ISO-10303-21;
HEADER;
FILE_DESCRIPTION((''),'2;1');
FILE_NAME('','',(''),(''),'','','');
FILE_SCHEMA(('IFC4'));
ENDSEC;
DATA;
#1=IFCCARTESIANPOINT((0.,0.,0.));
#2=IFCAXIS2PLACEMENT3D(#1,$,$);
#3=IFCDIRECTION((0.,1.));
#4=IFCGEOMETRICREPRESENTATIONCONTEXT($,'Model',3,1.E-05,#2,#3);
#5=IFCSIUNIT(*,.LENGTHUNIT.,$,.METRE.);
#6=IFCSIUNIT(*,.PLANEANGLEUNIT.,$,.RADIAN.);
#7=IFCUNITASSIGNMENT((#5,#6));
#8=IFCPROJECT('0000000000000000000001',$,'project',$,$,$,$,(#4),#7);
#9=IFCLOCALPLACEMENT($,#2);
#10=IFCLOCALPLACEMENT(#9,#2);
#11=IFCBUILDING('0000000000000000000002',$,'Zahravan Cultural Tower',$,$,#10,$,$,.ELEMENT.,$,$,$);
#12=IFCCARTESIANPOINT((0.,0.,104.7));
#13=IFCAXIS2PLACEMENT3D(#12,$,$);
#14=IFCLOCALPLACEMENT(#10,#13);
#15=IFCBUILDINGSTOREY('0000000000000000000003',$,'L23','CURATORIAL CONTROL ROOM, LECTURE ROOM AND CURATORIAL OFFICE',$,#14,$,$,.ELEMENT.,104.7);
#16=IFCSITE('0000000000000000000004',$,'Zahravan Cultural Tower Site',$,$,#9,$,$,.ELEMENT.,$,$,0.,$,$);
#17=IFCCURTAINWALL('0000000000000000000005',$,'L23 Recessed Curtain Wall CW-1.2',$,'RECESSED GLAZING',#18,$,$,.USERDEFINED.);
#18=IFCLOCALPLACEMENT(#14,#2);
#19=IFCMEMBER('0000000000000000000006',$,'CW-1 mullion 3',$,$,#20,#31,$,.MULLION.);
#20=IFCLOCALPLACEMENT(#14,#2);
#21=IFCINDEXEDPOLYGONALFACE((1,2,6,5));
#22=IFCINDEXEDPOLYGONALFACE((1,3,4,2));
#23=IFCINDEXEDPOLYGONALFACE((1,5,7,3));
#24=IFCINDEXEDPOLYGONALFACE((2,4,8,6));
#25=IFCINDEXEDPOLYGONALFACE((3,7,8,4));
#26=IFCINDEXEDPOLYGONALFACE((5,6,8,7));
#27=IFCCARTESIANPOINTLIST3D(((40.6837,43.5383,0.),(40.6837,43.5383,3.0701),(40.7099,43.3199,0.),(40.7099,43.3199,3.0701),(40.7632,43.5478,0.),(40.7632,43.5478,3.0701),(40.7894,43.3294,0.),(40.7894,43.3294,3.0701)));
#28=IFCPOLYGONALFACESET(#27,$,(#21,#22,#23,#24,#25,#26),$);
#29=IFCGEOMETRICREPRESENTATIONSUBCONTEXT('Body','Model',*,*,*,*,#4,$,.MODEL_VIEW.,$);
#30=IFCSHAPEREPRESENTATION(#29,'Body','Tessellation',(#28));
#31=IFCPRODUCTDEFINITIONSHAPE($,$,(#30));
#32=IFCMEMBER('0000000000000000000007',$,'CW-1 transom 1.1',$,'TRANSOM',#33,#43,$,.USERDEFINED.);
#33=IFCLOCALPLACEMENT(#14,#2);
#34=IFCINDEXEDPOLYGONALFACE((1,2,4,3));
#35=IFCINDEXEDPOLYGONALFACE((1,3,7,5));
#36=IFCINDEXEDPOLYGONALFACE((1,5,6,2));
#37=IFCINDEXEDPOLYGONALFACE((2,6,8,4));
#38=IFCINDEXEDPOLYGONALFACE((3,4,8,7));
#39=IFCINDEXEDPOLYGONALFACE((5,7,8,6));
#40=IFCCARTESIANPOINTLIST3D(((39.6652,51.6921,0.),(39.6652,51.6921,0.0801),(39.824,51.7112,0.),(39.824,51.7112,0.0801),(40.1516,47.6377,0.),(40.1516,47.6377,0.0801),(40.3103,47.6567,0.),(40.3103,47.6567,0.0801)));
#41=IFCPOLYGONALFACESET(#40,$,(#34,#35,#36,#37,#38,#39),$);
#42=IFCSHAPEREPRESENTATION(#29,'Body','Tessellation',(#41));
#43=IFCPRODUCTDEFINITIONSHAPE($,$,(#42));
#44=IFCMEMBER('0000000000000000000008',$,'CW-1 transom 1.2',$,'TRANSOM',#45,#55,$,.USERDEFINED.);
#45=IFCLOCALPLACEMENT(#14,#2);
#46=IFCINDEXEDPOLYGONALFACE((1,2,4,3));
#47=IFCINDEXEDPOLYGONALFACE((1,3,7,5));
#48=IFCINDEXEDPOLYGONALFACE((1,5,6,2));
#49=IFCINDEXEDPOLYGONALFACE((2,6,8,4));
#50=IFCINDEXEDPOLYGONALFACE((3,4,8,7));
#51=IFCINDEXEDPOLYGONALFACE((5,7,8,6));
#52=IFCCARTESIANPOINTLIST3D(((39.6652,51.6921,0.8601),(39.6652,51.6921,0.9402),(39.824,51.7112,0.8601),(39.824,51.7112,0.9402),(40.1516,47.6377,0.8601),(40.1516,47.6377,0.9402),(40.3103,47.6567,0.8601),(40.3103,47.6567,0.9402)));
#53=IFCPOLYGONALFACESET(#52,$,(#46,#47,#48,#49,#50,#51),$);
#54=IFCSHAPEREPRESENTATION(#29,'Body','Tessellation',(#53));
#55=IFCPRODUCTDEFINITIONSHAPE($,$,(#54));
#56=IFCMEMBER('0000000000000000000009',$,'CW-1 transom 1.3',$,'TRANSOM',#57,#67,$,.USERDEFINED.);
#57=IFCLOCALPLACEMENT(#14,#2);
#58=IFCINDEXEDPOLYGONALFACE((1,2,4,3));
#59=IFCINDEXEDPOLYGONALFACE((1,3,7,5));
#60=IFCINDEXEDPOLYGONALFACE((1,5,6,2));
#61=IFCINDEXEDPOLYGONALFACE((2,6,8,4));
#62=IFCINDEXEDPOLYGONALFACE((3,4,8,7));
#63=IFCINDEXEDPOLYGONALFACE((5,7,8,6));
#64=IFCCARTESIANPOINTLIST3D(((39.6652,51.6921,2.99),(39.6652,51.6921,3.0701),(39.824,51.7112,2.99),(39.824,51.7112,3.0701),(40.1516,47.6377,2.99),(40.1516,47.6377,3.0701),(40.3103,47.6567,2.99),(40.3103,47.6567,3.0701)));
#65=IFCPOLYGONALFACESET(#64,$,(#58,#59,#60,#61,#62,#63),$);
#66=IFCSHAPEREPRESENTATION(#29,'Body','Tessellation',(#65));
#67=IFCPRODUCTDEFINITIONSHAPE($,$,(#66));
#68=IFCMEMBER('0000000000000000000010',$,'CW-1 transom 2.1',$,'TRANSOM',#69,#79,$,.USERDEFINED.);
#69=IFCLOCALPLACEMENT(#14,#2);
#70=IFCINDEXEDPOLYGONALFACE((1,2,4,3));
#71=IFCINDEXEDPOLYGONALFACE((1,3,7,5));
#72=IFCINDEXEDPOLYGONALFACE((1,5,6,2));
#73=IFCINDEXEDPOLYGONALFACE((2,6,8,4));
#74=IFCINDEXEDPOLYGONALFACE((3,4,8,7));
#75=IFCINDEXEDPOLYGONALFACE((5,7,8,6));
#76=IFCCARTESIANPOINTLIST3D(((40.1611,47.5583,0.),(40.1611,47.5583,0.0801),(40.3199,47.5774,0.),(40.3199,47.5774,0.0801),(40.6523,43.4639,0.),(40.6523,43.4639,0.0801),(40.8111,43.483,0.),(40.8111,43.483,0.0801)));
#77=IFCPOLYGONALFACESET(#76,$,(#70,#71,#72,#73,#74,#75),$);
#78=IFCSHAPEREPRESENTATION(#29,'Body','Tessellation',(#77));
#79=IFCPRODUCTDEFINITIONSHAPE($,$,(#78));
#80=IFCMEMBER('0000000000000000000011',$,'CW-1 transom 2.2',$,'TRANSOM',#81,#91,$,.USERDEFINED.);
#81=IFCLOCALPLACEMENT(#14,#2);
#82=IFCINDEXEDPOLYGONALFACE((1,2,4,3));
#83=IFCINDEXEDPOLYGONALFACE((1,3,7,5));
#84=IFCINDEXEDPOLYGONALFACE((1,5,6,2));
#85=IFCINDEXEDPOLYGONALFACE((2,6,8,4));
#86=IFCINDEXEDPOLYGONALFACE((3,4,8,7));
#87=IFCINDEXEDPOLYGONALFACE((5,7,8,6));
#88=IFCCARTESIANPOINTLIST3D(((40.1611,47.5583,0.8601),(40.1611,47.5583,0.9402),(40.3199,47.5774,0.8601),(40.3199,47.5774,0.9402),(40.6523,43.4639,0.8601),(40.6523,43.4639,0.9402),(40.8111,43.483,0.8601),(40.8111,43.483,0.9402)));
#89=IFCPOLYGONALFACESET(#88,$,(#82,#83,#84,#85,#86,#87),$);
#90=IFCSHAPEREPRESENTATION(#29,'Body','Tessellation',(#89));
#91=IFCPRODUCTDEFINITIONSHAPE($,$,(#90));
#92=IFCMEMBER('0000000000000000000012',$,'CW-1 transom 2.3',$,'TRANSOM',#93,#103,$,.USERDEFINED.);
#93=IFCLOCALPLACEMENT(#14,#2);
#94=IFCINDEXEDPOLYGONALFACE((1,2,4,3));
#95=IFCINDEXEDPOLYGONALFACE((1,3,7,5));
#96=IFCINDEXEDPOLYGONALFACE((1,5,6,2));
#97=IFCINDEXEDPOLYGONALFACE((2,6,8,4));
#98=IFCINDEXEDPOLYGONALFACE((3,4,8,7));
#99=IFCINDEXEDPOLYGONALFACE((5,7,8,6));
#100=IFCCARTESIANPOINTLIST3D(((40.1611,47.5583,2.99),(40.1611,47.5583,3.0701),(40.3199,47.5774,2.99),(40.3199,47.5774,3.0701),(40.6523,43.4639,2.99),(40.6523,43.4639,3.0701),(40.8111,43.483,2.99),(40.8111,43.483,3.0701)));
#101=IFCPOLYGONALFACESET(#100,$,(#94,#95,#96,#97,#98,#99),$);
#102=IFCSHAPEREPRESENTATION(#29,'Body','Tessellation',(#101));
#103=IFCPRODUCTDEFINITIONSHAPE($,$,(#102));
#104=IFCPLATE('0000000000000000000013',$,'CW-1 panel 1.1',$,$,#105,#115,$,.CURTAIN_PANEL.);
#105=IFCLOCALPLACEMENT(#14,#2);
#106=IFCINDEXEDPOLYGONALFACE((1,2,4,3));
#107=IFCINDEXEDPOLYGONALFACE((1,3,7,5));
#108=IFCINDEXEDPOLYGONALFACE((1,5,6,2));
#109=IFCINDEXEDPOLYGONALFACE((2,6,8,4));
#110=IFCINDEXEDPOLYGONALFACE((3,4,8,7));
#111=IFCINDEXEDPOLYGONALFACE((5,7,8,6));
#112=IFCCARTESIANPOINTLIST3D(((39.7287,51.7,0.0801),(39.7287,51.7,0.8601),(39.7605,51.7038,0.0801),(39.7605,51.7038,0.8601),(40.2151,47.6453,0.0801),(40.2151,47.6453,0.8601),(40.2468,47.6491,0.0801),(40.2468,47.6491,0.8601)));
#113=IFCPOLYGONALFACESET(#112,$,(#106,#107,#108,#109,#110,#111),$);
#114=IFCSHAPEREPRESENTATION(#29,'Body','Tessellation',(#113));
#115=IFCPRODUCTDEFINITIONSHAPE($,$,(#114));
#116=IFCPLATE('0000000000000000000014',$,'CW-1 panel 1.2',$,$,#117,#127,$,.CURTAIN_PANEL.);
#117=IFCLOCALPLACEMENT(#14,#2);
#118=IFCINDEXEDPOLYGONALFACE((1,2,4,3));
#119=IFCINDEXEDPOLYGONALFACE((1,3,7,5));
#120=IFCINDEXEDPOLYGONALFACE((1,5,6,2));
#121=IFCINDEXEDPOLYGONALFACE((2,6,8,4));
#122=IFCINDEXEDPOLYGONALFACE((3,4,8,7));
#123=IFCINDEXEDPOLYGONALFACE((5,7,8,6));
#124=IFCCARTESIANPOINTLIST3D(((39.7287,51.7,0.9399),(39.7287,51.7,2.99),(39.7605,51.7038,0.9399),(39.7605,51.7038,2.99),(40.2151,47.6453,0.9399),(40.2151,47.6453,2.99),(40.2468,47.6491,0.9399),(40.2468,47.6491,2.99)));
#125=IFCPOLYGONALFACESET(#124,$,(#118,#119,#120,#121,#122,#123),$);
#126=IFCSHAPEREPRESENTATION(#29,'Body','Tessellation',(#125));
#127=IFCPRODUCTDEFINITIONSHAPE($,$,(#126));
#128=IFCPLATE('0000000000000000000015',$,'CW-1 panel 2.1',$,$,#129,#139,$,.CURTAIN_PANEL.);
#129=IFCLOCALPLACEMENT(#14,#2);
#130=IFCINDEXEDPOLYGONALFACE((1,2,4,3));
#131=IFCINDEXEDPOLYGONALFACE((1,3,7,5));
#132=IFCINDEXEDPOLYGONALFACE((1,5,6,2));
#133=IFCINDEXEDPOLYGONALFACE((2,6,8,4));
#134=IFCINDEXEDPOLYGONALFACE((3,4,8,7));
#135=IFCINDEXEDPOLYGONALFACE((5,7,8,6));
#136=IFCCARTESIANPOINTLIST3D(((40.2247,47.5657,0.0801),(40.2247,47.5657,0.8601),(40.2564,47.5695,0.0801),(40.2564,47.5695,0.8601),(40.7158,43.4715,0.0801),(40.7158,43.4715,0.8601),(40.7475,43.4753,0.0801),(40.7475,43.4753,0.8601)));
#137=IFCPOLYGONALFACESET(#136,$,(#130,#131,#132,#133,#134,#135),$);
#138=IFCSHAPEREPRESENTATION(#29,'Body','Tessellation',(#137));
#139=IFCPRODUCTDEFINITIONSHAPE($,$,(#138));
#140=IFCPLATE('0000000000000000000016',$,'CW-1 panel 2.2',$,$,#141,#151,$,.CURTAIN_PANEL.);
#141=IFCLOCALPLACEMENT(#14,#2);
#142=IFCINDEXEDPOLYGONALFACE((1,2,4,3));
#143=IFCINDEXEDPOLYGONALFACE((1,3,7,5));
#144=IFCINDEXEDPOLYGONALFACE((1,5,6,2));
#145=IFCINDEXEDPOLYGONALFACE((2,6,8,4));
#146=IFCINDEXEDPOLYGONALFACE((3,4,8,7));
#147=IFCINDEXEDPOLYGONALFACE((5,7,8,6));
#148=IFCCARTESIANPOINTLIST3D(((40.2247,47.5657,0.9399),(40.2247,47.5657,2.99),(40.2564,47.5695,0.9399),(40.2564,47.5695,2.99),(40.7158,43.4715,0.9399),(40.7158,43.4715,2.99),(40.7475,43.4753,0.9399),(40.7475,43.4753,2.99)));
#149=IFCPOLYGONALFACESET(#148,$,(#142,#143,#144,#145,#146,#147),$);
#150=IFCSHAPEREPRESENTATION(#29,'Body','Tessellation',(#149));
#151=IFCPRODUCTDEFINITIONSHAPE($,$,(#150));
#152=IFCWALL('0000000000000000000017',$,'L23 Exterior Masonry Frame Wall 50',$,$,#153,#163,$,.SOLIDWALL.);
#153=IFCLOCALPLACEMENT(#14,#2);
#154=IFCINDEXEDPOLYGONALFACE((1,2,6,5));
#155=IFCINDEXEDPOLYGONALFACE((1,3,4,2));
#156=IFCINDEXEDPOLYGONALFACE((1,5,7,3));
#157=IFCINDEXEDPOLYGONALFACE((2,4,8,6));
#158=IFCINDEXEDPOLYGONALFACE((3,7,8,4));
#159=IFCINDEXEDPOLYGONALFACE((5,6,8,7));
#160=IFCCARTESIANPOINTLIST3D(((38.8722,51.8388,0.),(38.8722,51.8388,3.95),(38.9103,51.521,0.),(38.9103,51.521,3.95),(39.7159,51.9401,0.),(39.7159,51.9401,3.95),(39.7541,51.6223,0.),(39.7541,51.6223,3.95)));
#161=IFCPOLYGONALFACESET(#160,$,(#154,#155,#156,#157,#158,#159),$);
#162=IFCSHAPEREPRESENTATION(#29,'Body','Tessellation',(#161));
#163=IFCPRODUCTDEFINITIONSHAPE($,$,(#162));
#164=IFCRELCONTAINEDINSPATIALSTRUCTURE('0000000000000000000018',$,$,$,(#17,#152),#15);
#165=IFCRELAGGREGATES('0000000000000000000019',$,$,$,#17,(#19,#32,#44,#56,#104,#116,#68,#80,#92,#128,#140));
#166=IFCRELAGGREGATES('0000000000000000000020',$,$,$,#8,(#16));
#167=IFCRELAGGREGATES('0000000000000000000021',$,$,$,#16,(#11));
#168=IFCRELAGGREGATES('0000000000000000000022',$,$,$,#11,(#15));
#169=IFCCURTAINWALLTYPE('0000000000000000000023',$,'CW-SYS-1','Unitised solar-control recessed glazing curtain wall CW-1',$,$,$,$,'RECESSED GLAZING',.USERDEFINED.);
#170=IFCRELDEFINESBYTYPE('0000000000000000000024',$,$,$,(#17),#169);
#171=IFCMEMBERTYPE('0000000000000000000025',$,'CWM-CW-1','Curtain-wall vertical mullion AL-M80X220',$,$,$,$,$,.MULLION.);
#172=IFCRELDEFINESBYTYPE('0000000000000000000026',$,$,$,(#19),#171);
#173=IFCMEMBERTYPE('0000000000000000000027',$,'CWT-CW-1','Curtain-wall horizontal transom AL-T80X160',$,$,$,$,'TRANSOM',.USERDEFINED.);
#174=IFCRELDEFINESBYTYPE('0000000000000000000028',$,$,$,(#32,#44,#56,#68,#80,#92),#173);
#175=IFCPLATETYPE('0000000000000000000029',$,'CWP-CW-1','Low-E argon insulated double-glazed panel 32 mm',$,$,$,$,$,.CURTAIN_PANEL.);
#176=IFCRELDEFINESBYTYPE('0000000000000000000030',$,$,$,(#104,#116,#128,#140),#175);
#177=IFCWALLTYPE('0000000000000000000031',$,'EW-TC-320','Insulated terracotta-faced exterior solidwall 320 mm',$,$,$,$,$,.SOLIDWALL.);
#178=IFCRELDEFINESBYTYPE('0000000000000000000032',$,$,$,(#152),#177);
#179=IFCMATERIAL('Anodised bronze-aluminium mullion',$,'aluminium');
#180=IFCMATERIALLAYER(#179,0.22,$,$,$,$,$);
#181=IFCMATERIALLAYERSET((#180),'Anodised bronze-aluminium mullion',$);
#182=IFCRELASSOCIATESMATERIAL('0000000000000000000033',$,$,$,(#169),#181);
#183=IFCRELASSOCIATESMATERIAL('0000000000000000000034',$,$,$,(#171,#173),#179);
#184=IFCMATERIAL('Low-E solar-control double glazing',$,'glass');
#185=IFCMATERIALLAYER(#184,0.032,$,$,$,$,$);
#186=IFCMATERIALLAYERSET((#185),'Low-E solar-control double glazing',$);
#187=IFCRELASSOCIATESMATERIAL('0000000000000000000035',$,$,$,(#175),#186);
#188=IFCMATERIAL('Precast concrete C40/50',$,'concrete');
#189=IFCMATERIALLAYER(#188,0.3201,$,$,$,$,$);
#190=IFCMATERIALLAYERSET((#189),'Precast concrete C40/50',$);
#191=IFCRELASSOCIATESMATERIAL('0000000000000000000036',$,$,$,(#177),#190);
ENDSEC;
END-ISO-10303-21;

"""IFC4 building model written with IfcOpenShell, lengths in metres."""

from ifc_helpers import new_model, si_unit, direction, frame, frame_2d, origin, origin_2d, place, context, subcontext, project, spatial, rectangle, extrude, source, transform, mapped, material, layer, layer_set, material_profile, profile_set, type_object, element, aggregate, save


model = new_model("IFC4")

# Units and contexts
model_context = context("Model", 3, precision=1e-05, world=origin(), true_north=direction((0.0, 1.0)))
body_context = subcontext(model_context, "Body", "Model", "MODEL_VIEW")
ifc_project = project(units=[si_unit("LENGTHUNIT", "METRE"), si_unit("PLANEANGLEUNIT", "RADIAN")], contexts=[model_context])

# Site, building, storey
site_placement = place(None, origin())
site = spatial("IfcSite", under=ifc_project, at=site_placement, Name="Zahravan Cultural Tower Site", CompositionType="ELEMENT", RefElevation=0.0)
building_placement = place(site_placement, origin())
building = spatial("IfcBuilding", under=site, at=building_placement, Name="Zahravan Cultural Tower", CompositionType="ELEMENT")
storey_placement = place(building_placement, frame((0.0, 0.0, 104.7)))
storey = spatial("IfcBuildingStorey", under=building, at=storey_placement, Name="L23", Description="CURATORIAL CONTROL ROOM, LECTURE ROOM AND CURATORIAL OFFICE", CompositionType="ELEMENT", Elevation=104.7)

# Curtain wall, members, plates
ifc_material_1 = material(Name="Anodised bronze-aluminium mullion", Category="aluminium")
ifc_layer_1 = layer(ifc_material_1, 0.22)
ifc_layer_set_1 = layer_set([ifc_layer_1], Name="Anodised bronze-aluminium mullion")
curtain_wall_type = type_object("IfcCurtainWallType", Name="CW-SYS-1", Description="Unitised solar-control recessed glazing curtain wall CW-1", ElementType="RECESSED GLAZING", PredefinedType="USERDEFINED", material=ifc_layer_set_1)
curtain_wall_placement = place(storey_placement, origin())
curtain_wall = element("IfcCurtainWall", 1, at=curtain_wall_placement, inside=storey, type_object=curtain_wall_type, Name="L23 Recessed Curtain Wall CW-1.2", ObjectType="RECESSED GLAZING", PredefinedType="USERDEFINED")
ifc_material_profile_1 = material_profile(ifc_material_1, rectangle(XDim=0.0801, YDim=0.22, at=origin_2d()), Name="AL-M80X220")
ifc_profile_set_1 = profile_set([ifc_material_profile_1], Name="Anodised bronze-aluminium mullion")
member_type_1 = type_object("IfcMemberType", Name="CWM-CW-1", Description="Curtain-wall vertical mullion AL-M80X220", PredefinedType="MULLION", material=ifc_profile_set_1)
shared_shape_1 = source(origin(), body_context, "Body", "SweptSolid", [
    extrude(rectangle(XDim=0.0801, YDim=0.22, at=origin_2d()), origin(), (0.0, 0.0, 1.0), 3.0701),
])
member_1_placement = place(storey_placement, frame((40.7366, 43.4338, 0.0), z_axis=(0.0, 0.0, 1.0), x_axis=(0.992883, 0.119095, 0.0)))
member_1 = element("IfcMember", 2, at=member_1_placement, type_object=member_type_1, Name="CW-1 mullion 3", PredefinedType="MULLION", context=body_context, shape_type="MappedRepresentation", body=[
    mapped(shared_shape_1, transform((0.0, 0.0, 0.0), x_axis=(1.0, 0.0, 0.0), y_axis=(0.0, 1.0, 0.0), z_axis=(0.0, 0.0, 1.0), scale=1.0)),
])
ifc_material_profile_2 = material_profile(ifc_material_1, rectangle(XDim=0.1599, YDim=0.0801, at=origin_2d()), Name="AL-T80X160")
ifc_profile_set_2 = profile_set([ifc_material_profile_2], Name="Anodised bronze-aluminium mullion")
member_type_2 = type_object("IfcMemberType", Name="CWT-CW-1", Description="Curtain-wall horizontal transom AL-T80X160", ElementType="TRANSOM", PredefinedType="USERDEFINED", material=ifc_profile_set_2)
shared_shape_2 = source(origin(), body_context, "Body", "SweptSolid", [
    extrude(rectangle(XDim=0.1599, YDim=0.0801, at=origin_2d()), origin(), (0.0, 0.0, 1.0), 4.0835),
])
member_2_placement = place(storey_placement, frame((39.7446, 51.7017, 0.04), z_axis=(0.119096, -0.992883, 0.0), x_axis=(0.992883, 0.119096, 0.0)))
member_2 = element("IfcMember", 3, at=member_2_placement, type_object=member_type_2, Name="CW-1 transom 1.1", ObjectType="TRANSOM", PredefinedType="USERDEFINED", context=body_context, shape_type="MappedRepresentation", body=[
    mapped(shared_shape_2, transform((0.0, 0.0, 0.0), x_axis=(1.0, 0.0, 0.0), y_axis=(0.0, 1.0, 0.0), z_axis=(0.0, 0.0, 1.0), scale=1.0)),
])
member_3_placement = place(storey_placement, frame((39.7446, 51.7017, 0.9001), z_axis=(0.119096, -0.992883, 0.0), x_axis=(0.992883, 0.119096, 0.0)))
member_3 = element("IfcMember", 4, at=member_3_placement, type_object=member_type_2, Name="CW-1 transom 1.2", ObjectType="TRANSOM", PredefinedType="USERDEFINED", context=body_context, shape_type="MappedRepresentation", body=[
    mapped(shared_shape_2, transform((0.0, 0.0, 0.0), x_axis=(1.0, 0.0, 0.0), y_axis=(0.0, 1.0, 0.0), z_axis=(0.0, 0.0, 1.0), scale=1.0)),
])
member_4_placement = place(storey_placement, frame((39.7446, 51.7017, 3.03), z_axis=(0.119096, -0.992883, 0.0), x_axis=(0.992883, 0.119096, 0.0)))
member_4 = element("IfcMember", 5, at=member_4_placement, type_object=member_type_2, Name="CW-1 transom 1.3", ObjectType="TRANSOM", PredefinedType="USERDEFINED", context=body_context, shape_type="MappedRepresentation", body=[
    mapped(shared_shape_2, transform((0.0, 0.0, 0.0), x_axis=(1.0, 0.0, 0.0), y_axis=(0.0, 1.0, 0.0), z_axis=(0.0, 0.0, 1.0), scale=1.0)),
])
shared_shape_3 = source(origin(), body_context, "Body", "SweptSolid", [
    extrude(rectangle(XDim=0.1599, YDim=0.0801, at=origin_2d()), origin(), (0.0, 0.0, 1.0), 4.1238),
])
member_5_placement = place(storey_placement, frame((40.2405, 47.5679, 0.04), z_axis=(0.119115, -0.99288, 0.0), x_axis=(0.99288, 0.119115, 0.0)))
member_5 = element("IfcMember", 6, at=member_5_placement, type_object=member_type_2, Name="CW-1 transom 2.1", ObjectType="TRANSOM", PredefinedType="USERDEFINED", context=body_context, shape_type="MappedRepresentation", body=[
    mapped(shared_shape_3, transform((0.0, 0.0, 0.0), x_axis=(1.0, 0.0, 0.0), y_axis=(0.0, 1.0, 0.0), z_axis=(0.0, 0.0, 1.0), scale=1.0)),
])
member_6_placement = place(storey_placement, frame((40.2405, 47.5679, 0.9001), z_axis=(0.119115, -0.99288, 0.0), x_axis=(0.99288, 0.119115, 0.0)))
member_6 = element("IfcMember", 7, at=member_6_placement, type_object=member_type_2, Name="CW-1 transom 2.2", ObjectType="TRANSOM", PredefinedType="USERDEFINED", context=body_context, shape_type="MappedRepresentation", body=[
    mapped(shared_shape_3, transform((0.0, 0.0, 0.0), x_axis=(1.0, 0.0, 0.0), y_axis=(0.0, 1.0, 0.0), z_axis=(0.0, 0.0, 1.0), scale=1.0)),
])
member_7_placement = place(storey_placement, frame((40.2405, 47.5679, 3.03), z_axis=(0.119115, -0.99288, 0.0), x_axis=(0.99288, 0.119115, 0.0)))
member_7 = element("IfcMember", 8, at=member_7_placement, type_object=member_type_2, Name="CW-1 transom 2.3", ObjectType="TRANSOM", PredefinedType="USERDEFINED", context=body_context, shape_type="MappedRepresentation", body=[
    mapped(shared_shape_3, transform((0.0, 0.0, 0.0), x_axis=(1.0, 0.0, 0.0), y_axis=(0.0, 1.0, 0.0), z_axis=(0.0, 0.0, 1.0), scale=1.0)),
])
ifc_material_2 = material(Name="Low-E solar-control double glazing", Category="glass")
ifc_layer_2 = layer(ifc_material_2, 0.032)
ifc_layer_set_2 = layer_set([ifc_layer_2], Name="Low-E solar-control double glazing")
plate_type = type_object("IfcPlateType", Name="CWP-CW-1", Description="Low-E argon insulated double-glazed panel 32 mm", PredefinedType="CURTAIN_PANEL", material=ifc_layer_set_2)
shared_shape_4 = source(origin(), body_context, "Body", "SweptSolid", [
    extrude(rectangle(XDim=4.0837, YDim=0.032, at=origin_2d()), origin(), (0.0, 0.0, 1.0), 0.78),
])
plate_1_placement = place(storey_placement, frame((39.9878, 49.6746, 0.0801), z_axis=(0.0, 0.0, 1.0), x_axis=(0.119095, -0.992883, 0.0)))
plate_1 = element("IfcPlate", 9, at=plate_1_placement, type_object=plate_type, Name="CW-1 panel 1.1", PredefinedType="CURTAIN_PANEL", context=body_context, shape_type="MappedRepresentation", body=[
    mapped(shared_shape_4, transform((0.0, 0.0, 0.0), x_axis=(1.0, 0.0, 0.0), y_axis=(0.0, 1.0, 0.0), z_axis=(0.0, 0.0, 1.0), scale=1.0)),
])
shared_shape_5 = source(origin(), body_context, "Body", "SweptSolid", [
    extrude(rectangle(XDim=4.0837, YDim=0.032, at=origin_2d()), origin(), (0.0, 0.0, 1.0), 2.05),
])
plate_2_placement = place(storey_placement, frame((39.9878, 49.6746, 0.9399), z_axis=(0.0, 0.0, 1.0), x_axis=(0.119095, -0.992883, 0.0)))
plate_2 = element("IfcPlate", 10, at=plate_2_placement, type_object=plate_type, Name="CW-1 panel 1.2", PredefinedType="CURTAIN_PANEL", context=body_context, shape_type="MappedRepresentation", body=[
    mapped(shared_shape_5, transform((0.0, 0.0, 0.0), x_axis=(1.0, 0.0, 0.0), y_axis=(0.0, 1.0, 0.0), z_axis=(0.0, 0.0, 1.0), scale=1.0)),
])
shared_shape_6 = source(origin(), body_context, "Body", "SweptSolid", [
    extrude(rectangle(XDim=4.1235, YDim=0.032, at=origin_2d()), origin(), (0.0, 0.0, 1.0), 0.78),
])
plate_3_placement = place(storey_placement, frame((40.4861, 45.5205, 0.0801), z_axis=(0.0, 0.0, 1.0), x_axis=(0.119095, -0.992883, 0.0)))
plate_3 = element("IfcPlate", 11, at=plate_3_placement, type_object=plate_type, Name="CW-1 panel 2.1", PredefinedType="CURTAIN_PANEL", context=body_context, shape_type="MappedRepresentation", body=[
    mapped(shared_shape_6, transform((0.0, 0.0, 0.0), x_axis=(1.0, 0.0, 0.0), y_axis=(0.0, 1.0, 0.0), z_axis=(0.0, 0.0, 1.0), scale=1.0)),
])
shared_shape_7 = source(origin(), body_context, "Body", "SweptSolid", [
    extrude(rectangle(XDim=4.1235, YDim=0.032, at=origin_2d()), origin(), (0.0, 0.0, 1.0), 2.05),
])
plate_4_placement = place(storey_placement, frame((40.4861, 45.5205, 0.9399), z_axis=(0.0, 0.0, 1.0), x_axis=(0.119095, -0.992883, 0.0)))
plate_4 = element("IfcPlate", 12, at=plate_4_placement, type_object=plate_type, Name="CW-1 panel 2.2", PredefinedType="CURTAIN_PANEL", context=body_context, shape_type="MappedRepresentation", body=[
    mapped(shared_shape_7, transform((0.0, 0.0, 0.0), x_axis=(1.0, 0.0, 0.0), y_axis=(0.0, 1.0, 0.0), z_axis=(0.0, 0.0, 1.0), scale=1.0)),
])
aggregate(curtain_wall, [member_1, member_2, member_3, member_4, plate_1, plate_2, member_5, member_6, member_7, plate_3, plate_4])

# Wall
ifc_material_3 = material(Name="Precast concrete C40/50", Category="concrete")
ifc_layer_3 = layer(ifc_material_3, 0.3201)
ifc_layer_set_3 = layer_set([ifc_layer_3], Name="Precast concrete C40/50")
wall_type = type_object("IfcWallType", Name="EW-TC-320", Description="Insulated terracotta-faced exterior solidwall 320 mm", PredefinedType="SOLIDWALL", material=ifc_layer_set_3)
shared_shape_8 = source(origin(), body_context, "Body", "SweptSolid", [
    extrude(rectangle(XDim=0.8499, YDim=0.3201, at=frame_2d((0.4248, 0.0))), origin(), (0.0, 0.0, 1.0), 3.95),
])
wall_placement = place(storey_placement, frame((38.8914, 51.6799, 0.0), z_axis=(0.0, 0.0, 1.0), x_axis=(0.992867, 0.119225, 0.0)))
element("IfcWall", 13, at=wall_placement, inside=storey, type_object=wall_type, Name="L23 Exterior Masonry Frame Wall 50", PredefinedType="SOLIDWALL", context=body_context, shape_type="MappedRepresentation", body=[
    mapped(shared_shape_8, transform((0.0, 0.0, 0.0), x_axis=(1.0, 0.0, 0.0), y_axis=(0.0, 1.0, 0.0), z_axis=(0.0, 0.0, 1.0), scale=1.0)),
])

save(model, "model.ifc")
